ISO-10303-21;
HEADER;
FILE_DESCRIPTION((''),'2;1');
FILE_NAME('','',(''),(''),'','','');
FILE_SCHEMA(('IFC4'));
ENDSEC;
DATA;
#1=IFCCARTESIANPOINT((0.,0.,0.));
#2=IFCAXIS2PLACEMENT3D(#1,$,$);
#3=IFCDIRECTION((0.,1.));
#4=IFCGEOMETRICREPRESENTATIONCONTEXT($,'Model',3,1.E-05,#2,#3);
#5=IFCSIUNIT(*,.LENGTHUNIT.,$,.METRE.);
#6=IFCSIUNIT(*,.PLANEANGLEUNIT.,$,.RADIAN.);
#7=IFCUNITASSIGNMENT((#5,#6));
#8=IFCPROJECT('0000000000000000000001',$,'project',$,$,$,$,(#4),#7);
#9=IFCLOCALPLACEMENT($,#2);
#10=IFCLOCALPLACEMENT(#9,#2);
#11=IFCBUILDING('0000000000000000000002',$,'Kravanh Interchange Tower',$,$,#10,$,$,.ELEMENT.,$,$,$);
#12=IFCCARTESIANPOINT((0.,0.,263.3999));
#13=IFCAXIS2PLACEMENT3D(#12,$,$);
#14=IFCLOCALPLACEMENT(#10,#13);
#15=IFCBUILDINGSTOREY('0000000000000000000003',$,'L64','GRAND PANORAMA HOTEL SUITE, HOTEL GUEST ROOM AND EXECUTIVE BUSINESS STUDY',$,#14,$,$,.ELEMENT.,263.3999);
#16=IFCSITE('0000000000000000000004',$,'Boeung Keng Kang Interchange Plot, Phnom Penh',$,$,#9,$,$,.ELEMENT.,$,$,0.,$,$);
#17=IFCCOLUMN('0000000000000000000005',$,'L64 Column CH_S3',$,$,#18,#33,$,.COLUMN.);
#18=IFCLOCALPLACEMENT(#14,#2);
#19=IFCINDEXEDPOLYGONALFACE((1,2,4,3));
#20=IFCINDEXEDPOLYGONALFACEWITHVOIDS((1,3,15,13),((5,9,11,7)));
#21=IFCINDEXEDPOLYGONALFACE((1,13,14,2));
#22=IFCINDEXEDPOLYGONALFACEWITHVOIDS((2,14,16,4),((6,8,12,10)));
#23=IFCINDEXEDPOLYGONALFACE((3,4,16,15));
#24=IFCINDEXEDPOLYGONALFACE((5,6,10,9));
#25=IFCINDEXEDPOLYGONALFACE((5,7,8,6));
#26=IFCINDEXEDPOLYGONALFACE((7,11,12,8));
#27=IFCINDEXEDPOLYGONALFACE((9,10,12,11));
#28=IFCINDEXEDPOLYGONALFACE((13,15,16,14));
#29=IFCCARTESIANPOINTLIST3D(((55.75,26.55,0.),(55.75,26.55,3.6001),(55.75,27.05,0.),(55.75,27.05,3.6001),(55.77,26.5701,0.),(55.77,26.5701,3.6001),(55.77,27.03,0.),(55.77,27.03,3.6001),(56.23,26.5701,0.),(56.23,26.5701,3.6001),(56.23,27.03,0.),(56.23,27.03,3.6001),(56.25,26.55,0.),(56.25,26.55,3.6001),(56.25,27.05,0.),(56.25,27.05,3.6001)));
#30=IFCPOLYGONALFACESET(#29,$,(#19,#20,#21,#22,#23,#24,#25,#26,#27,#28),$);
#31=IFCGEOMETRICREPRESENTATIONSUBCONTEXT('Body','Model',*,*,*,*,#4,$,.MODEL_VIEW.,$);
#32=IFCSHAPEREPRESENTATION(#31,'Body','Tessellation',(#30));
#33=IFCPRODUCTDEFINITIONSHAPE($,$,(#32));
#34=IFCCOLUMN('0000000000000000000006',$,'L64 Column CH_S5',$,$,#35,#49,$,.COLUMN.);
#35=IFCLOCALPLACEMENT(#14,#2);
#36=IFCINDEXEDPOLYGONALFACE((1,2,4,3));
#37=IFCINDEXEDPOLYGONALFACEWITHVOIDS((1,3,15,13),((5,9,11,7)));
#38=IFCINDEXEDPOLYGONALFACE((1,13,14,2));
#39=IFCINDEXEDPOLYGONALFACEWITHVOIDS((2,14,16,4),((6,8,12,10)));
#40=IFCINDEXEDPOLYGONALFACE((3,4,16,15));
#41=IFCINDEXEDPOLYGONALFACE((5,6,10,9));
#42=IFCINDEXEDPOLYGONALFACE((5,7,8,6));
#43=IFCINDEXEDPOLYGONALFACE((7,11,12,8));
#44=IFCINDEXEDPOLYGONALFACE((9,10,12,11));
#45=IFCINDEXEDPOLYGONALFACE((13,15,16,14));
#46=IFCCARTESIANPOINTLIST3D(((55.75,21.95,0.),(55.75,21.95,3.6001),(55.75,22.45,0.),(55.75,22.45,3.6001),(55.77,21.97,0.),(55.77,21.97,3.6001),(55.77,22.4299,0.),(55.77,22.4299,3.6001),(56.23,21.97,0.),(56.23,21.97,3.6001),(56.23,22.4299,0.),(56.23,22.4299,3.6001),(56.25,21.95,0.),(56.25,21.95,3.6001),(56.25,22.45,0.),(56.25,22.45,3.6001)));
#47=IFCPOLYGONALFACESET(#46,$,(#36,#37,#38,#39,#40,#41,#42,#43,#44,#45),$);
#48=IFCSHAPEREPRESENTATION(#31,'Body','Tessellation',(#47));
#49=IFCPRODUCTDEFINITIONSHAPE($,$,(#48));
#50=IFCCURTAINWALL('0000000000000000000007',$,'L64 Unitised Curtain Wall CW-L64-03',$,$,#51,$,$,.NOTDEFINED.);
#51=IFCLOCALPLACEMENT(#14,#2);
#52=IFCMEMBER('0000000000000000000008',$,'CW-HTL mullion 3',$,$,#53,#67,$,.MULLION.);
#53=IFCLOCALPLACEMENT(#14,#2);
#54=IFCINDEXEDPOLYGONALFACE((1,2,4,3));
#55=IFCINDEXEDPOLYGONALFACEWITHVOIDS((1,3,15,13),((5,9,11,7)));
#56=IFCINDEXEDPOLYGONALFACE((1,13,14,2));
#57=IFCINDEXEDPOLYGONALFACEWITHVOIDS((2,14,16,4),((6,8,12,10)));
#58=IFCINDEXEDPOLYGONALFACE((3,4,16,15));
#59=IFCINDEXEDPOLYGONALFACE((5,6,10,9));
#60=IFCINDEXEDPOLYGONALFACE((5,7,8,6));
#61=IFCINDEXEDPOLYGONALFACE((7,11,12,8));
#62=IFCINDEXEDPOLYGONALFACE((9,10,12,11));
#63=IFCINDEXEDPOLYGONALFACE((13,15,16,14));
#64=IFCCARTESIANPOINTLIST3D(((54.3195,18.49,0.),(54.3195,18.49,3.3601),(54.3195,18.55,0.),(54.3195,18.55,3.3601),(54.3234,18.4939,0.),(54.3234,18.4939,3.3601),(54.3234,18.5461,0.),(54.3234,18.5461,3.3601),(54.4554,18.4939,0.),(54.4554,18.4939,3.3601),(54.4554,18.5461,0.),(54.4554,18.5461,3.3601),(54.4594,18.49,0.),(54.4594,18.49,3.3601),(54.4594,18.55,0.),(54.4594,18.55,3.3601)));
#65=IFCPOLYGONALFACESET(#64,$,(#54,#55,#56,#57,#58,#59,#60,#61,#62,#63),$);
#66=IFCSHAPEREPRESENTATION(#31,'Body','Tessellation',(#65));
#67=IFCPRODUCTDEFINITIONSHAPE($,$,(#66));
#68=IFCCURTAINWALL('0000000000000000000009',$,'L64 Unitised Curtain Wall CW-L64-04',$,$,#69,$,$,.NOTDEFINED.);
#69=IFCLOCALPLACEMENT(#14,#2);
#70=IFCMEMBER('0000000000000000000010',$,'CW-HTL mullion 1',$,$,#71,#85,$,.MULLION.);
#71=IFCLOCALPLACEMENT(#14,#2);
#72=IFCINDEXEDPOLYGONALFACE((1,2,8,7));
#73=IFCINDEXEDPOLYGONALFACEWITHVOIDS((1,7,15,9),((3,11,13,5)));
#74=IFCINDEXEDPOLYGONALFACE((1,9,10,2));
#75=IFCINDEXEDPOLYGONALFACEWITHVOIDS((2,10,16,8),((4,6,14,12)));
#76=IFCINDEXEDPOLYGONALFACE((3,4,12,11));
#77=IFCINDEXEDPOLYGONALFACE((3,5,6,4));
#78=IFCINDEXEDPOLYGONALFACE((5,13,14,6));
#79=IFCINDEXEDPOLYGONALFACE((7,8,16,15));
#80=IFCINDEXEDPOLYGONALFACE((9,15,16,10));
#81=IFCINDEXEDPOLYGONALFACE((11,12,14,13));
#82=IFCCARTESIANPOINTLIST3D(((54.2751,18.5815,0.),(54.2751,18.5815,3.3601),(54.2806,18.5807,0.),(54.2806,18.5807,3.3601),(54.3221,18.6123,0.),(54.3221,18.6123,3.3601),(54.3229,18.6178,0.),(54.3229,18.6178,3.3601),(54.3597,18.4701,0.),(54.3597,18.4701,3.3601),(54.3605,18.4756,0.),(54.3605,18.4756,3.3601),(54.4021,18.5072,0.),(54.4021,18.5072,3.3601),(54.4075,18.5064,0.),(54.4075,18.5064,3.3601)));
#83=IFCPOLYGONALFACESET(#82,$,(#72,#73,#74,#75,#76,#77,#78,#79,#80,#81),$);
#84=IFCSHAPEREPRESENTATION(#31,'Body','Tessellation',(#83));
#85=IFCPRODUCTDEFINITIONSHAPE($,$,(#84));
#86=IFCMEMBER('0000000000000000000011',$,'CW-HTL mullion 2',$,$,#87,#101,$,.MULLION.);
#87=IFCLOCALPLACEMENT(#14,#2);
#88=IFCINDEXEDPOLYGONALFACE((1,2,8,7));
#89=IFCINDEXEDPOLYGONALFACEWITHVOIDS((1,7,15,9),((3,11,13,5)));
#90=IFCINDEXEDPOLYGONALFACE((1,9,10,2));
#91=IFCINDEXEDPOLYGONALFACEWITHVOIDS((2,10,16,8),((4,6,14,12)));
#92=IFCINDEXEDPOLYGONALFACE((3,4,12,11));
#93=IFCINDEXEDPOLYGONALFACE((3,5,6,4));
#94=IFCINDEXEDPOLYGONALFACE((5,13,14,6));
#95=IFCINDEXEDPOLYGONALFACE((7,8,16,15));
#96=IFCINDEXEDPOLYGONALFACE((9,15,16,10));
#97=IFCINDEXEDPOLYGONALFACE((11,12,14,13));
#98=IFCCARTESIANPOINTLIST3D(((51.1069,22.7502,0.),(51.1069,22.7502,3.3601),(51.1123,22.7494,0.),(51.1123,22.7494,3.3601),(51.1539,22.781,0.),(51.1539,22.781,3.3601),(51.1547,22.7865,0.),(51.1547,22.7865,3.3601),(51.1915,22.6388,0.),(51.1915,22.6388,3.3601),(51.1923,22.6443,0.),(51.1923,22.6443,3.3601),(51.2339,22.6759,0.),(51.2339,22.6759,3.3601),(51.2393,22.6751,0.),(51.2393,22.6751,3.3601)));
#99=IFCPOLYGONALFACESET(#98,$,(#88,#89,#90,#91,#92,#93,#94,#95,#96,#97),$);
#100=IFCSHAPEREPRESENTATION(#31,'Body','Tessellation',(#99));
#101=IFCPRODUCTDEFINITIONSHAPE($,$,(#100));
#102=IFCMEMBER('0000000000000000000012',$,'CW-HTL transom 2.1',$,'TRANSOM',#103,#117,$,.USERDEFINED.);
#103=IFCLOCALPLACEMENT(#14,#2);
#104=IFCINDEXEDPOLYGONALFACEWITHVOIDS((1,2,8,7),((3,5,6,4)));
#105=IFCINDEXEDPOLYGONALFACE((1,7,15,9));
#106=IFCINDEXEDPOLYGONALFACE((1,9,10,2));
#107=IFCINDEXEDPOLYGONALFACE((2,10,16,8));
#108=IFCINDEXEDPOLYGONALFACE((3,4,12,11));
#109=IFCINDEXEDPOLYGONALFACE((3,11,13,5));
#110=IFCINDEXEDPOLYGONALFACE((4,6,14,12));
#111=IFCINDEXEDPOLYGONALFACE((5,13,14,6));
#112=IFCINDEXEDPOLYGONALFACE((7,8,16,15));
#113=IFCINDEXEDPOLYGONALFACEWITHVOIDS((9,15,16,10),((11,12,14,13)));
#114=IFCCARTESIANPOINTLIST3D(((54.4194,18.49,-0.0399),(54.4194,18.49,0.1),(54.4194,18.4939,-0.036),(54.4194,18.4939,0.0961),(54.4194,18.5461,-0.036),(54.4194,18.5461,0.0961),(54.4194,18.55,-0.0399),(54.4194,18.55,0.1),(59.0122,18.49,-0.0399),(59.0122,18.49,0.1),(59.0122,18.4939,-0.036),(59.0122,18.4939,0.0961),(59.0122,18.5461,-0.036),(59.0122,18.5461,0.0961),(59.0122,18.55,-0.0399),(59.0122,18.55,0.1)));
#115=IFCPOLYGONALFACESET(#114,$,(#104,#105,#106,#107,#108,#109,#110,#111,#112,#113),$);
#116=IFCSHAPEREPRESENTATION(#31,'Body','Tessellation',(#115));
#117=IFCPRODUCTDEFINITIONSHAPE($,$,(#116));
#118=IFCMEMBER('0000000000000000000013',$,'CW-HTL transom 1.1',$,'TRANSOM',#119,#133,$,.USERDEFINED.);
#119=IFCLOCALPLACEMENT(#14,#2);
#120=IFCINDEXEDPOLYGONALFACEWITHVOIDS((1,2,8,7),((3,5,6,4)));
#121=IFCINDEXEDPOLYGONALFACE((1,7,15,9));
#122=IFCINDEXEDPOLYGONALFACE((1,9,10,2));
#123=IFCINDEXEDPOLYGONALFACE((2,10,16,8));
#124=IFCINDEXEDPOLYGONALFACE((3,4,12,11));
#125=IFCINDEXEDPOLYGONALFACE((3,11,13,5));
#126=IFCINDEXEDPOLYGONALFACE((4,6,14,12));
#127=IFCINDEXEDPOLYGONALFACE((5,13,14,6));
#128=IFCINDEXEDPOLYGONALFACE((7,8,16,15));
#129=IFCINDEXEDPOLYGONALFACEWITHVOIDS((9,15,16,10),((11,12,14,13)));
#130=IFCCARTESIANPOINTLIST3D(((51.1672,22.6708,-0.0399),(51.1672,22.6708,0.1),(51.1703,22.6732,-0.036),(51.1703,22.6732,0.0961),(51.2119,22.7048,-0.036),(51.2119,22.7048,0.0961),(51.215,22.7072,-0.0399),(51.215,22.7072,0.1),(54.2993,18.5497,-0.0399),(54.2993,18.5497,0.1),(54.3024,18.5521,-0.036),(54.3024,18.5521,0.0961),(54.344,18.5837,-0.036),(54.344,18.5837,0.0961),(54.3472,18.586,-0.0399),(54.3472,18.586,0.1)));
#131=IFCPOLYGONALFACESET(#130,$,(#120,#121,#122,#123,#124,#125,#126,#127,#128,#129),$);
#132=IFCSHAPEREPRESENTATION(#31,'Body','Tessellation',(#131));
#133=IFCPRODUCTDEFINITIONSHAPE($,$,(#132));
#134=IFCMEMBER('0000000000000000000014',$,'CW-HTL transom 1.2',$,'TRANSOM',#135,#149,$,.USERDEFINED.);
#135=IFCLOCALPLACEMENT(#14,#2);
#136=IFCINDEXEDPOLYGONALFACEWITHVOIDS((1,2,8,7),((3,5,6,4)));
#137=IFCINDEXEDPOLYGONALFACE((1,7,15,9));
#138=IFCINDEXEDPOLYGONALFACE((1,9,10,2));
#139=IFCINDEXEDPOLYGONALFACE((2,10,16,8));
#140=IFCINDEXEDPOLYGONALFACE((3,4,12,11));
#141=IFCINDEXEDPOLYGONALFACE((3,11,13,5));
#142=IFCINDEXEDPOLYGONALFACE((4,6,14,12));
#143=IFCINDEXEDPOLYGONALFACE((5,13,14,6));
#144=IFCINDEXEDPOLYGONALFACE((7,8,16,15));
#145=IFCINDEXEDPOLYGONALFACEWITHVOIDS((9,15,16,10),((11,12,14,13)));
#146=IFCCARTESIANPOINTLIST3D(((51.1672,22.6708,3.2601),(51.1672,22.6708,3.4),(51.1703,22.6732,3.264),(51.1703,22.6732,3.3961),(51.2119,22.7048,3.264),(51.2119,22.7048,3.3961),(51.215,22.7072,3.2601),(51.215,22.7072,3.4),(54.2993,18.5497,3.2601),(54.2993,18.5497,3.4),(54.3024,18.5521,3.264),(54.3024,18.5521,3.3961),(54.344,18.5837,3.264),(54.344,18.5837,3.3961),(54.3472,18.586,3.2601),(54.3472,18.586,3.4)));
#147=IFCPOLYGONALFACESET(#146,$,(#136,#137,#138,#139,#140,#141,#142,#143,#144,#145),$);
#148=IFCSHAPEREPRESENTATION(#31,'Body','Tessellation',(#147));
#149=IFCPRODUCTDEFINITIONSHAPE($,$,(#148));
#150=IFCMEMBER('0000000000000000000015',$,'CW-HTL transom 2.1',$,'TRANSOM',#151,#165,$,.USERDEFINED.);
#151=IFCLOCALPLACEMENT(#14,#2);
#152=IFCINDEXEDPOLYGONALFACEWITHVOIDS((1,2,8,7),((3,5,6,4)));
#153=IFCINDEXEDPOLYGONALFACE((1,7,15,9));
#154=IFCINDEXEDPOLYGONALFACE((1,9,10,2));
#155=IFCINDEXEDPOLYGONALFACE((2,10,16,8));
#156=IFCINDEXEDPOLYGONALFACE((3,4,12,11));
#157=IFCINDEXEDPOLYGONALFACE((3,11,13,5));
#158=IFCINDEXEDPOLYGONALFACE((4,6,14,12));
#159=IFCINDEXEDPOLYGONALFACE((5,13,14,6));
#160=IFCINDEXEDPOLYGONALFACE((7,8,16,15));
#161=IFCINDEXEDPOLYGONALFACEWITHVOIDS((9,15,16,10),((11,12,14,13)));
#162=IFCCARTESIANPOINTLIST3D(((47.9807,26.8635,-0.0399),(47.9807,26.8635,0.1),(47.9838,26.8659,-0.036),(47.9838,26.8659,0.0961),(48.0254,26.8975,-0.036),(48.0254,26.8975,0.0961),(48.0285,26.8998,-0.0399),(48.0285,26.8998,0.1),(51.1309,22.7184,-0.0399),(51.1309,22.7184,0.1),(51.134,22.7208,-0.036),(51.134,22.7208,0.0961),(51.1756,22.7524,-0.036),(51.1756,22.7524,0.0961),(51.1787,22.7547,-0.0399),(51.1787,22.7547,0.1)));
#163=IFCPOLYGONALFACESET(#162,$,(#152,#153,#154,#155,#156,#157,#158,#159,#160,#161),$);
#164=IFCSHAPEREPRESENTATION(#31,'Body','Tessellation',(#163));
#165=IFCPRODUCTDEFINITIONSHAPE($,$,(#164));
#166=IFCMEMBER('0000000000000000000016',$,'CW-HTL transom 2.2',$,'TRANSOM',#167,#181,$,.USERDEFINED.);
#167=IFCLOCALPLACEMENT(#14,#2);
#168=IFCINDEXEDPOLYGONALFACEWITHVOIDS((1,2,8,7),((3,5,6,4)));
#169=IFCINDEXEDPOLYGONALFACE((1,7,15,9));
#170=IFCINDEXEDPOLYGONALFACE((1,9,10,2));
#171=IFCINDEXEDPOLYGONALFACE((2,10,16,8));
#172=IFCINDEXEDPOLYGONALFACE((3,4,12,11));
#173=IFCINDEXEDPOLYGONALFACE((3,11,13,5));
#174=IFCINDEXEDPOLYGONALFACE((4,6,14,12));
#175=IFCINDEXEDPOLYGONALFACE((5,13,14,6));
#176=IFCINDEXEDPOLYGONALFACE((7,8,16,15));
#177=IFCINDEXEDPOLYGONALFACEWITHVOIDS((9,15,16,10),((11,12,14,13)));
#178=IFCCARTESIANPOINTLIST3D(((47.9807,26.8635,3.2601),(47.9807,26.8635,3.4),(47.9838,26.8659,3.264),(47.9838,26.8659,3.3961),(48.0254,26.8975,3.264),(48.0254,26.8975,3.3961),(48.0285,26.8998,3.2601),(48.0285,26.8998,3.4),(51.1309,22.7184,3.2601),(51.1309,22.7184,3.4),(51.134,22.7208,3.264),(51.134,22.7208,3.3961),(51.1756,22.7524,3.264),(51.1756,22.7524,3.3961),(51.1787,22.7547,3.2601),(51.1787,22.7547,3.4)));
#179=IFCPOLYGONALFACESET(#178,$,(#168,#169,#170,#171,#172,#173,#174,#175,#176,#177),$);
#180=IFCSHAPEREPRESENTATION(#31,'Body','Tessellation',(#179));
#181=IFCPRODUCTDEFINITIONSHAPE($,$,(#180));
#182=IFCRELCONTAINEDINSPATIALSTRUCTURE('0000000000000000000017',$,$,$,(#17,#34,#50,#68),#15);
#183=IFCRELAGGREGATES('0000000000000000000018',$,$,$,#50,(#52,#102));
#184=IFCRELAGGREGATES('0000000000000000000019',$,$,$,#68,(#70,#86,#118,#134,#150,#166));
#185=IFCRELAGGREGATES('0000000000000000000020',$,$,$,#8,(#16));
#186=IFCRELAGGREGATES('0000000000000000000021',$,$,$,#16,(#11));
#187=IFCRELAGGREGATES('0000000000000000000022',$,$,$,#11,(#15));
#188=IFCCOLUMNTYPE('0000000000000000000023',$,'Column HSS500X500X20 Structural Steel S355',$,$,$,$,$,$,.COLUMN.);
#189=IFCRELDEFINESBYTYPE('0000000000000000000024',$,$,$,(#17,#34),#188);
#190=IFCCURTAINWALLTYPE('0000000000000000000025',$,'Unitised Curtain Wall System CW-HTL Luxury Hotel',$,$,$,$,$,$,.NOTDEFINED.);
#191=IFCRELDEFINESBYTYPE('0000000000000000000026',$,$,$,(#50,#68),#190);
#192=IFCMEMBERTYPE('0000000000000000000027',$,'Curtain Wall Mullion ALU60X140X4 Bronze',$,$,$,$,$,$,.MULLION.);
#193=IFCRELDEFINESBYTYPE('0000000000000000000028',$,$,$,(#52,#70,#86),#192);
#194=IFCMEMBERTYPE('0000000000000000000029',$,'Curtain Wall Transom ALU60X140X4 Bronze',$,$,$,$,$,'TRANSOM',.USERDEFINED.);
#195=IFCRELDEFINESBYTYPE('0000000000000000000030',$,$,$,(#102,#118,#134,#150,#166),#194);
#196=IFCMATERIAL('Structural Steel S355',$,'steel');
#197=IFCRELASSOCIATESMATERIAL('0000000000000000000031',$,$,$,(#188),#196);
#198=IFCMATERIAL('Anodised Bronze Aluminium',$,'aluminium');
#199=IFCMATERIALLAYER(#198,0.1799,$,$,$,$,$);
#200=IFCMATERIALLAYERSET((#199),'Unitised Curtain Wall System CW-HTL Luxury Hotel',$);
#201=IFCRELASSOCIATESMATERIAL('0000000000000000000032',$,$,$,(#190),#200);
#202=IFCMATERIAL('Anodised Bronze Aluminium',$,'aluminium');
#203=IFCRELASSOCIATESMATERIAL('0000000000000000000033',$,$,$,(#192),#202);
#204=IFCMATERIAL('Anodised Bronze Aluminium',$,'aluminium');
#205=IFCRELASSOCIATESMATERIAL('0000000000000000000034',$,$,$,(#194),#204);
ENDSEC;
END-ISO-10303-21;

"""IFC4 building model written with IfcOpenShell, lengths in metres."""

from ifc_helpers import new_model, si_unit, direction, frame, origin, origin_2d, place, context, subcontext, project, spatial, hollow_rectangle, extrude, material, layer, layer_set, material_profile, profile_set, type_object, element, aggregate, save


model = new_model("IFC4")

# Units and contexts
model_context = context("Model", 3, precision=1e-05, world=origin(), true_north=direction((0.0, 1.0)))
body_context = subcontext(model_context, "Body", "Model", "MODEL_VIEW")
ifc_project = project(units=[si_unit("LENGTHUNIT", "METRE"), si_unit("PLANEANGLEUNIT", "RADIAN")], contexts=[model_context])

# Site, building, storey
site_placement = place(None, origin())
site = spatial("IfcSite", under=ifc_project, at=site_placement, Name="Boeung Keng Kang Interchange Plot, Phnom Penh", CompositionType="ELEMENT", RefElevation=0.0)
building_placement = place(site_placement, origin())
building = spatial("IfcBuilding", under=site, at=building_placement, Name="Kravanh Interchange Tower", CompositionType="ELEMENT")
storey_placement = place(building_placement, frame((0.0, 0.0, 263.3999)))
storey = spatial("IfcBuildingStorey", under=building, at=storey_placement, Name="L64", Description="GRAND PANORAMA HOTEL SUITE, HOTEL GUEST ROOM AND EXECUTIVE BUSINESS STUDY", CompositionType="ELEMENT", Elevation=263.3999)

# Columns
ifc_material_1 = material(Name="Structural Steel S355", Category="steel")
ifc_material_profile_1 = material_profile(ifc_material_1, hollow_rectangle(XDim=0.5, YDim=0.5, WallThickness=0.02, at=origin_2d()), Name="HSS500X500X20")
ifc_profile_set_1 = profile_set([ifc_material_profile_1], Name="Structural Steel S355")
column_type = type_object("IfcColumnType", Name="Column HSS500X500X20 Structural Steel S355", PredefinedType="COLUMN", material=ifc_profile_set_1)
for number, where, z_axis, x_axis, name in (
    (1, (56.0, 26.8, 0.0), (0.0, 0.0, 1.0), (1.0, 0.0, 0.0), "L64 Column CH_S3"),
    (2, (56.0, 22.2, 0.0), (0.0, 0.0, 1.0), (1.0, 0.0, 0.0), "L64 Column CH_S5"),
):
    element("IfcColumn", number, at=place(storey_placement, frame(where, z_axis=z_axis, x_axis=x_axis)), inside=storey, type_object=column_type, Name=name, PredefinedType="COLUMN", context=body_context, shape_type="SweptSolid", body=[
        extrude(hollow_rectangle(XDim=0.5, YDim=0.5, WallThickness=0.02, at=origin_2d()), origin(), (0.0, 0.0, 1.0), 3.6001),
    ])

# Curtain wall, member
ifc_material_2 = material(Name="Anodised Bronze Aluminium", Category="aluminium")
ifc_layer_1 = layer(ifc_material_2, 0.1799)
ifc_layer_set_1 = layer_set([ifc_layer_1], Name="Unitised Curtain Wall System CW-HTL Luxury Hotel")
curtain_wall_type = type_object("IfcCurtainWallType", Name="Unitised Curtain Wall System CW-HTL Luxury Hotel", PredefinedType="NOTDEFINED", material=ifc_layer_set_1)
curtain_wall_1_placement = place(storey_placement, origin())
curtain_wall_1 = element("IfcCurtainWall", 3, at=curtain_wall_1_placement, inside=storey, type_object=curtain_wall_type, Name="L64 Unitised Curtain Wall CW-L64-03", PredefinedType="NOTDEFINED")
ifc_material_3 = material(Name="Anodised Bronze Aluminium", Category="aluminium")
ifc_material_profile_2 = material_profile(ifc_material_3, hollow_rectangle(XDim=0.0601, YDim=0.1399, WallThickness=0.0039, at=origin_2d()), Name="ALU60X140X4")
ifc_profile_set_2 = profile_set([ifc_material_profile_2], Name="Anodised Bronze Aluminium")
member_type_1 = type_object("IfcMemberType", Name="Curtain Wall Mullion ALU60X140X4 Bronze", PredefinedType="MULLION", material=ifc_profile_set_2)
member_1_placement = place(storey_placement, frame((54.3894, 18.52, 0.0), z_axis=(0.0, 0.0, 1.0), x_axis=(0.0, -1.0, 0.0)))
member_1 = element("IfcMember", 4, at=member_1_placement, type_object=member_type_1, Name="CW-HTL mullion 3", PredefinedType="MULLION", context=body_context, shape_type="SweptSolid", body=[
    extrude(hollow_rectangle(XDim=0.0601, YDim=0.1399, WallThickness=0.0039, at=origin_2d()), origin(), (0.0, 0.0, 1.0), 3.3601),
])

# Curtain wall, members
curtain_wall_2_placement = place(storey_placement, origin())
curtain_wall_2 = element("IfcCurtainWall", 5, at=curtain_wall_2_placement, inside=storey, type_object=curtain_wall_type, Name="L64 Unitised Curtain Wall CW-L64-04", PredefinedType="NOTDEFINED")
member_2_placement = place(storey_placement, frame((54.3413, 18.5439, 0.0), z_axis=(0.0, 0.0, 1.0), x_axis=(-0.796162, -0.605083, 0.0)))
member_2 = element("IfcMember", 6, at=member_2_placement, type_object=member_type_1, Name="CW-HTL mullion 1", PredefinedType="MULLION", context=body_context, shape_type="SweptSolid", body=[
    extrude(hollow_rectangle(XDim=0.0601, YDim=0.1399, WallThickness=0.0039, at=origin_2d()), origin(), (0.0, 0.0, 1.0), 3.3601),
])
member_3_placement = place(storey_placement, frame((51.1731, 22.7126, 0.0), z_axis=(0.0, 0.0, 1.0), x_axis=(-0.796162, -0.605083, 0.0)))
member_3 = element("IfcMember", 7, at=member_3_placement, type_object=member_type_1, Name="CW-HTL mullion 2", PredefinedType="MULLION", context=body_context, shape_type="SweptSolid", body=[
    extrude(hollow_rectangle(XDim=0.0601, YDim=0.1399, WallThickness=0.0039, at=origin_2d()), origin(), (0.0, 0.0, 1.0), 3.3601),
])

# Members
ifc_material_4 = material(Name="Anodised Bronze Aluminium", Category="aluminium")
ifc_material_profile_3 = material_profile(ifc_material_4, hollow_rectangle(XDim=0.0601, YDim=0.1399, WallThickness=0.0039, at=origin_2d()), Name="ALU60X140X4")
ifc_profile_set_3 = profile_set([ifc_material_profile_3], Name="Anodised Bronze Aluminium")
member_type_2 = type_object("IfcMemberType", Name="Curtain Wall Transom ALU60X140X4 Bronze", ElementType="TRANSOM", PredefinedType="USERDEFINED", material=ifc_profile_set_3)
member_4_placement = place(storey_placement, frame((59.0122, 18.52, 0.03), z_axis=(-1.0, 0.0, 0.0), x_axis=(0.0, -1.0, 0.0)))
member_4 = element("IfcMember", 8, at=member_4_placement, type_object=member_type_2, Name="CW-HTL transom 2.1", ObjectType="TRANSOM", PredefinedType="USERDEFINED", context=body_context, shape_type="SweptSolid", body=[
    extrude(hollow_rectangle(XDim=0.0601, YDim=0.1399, WallThickness=0.0039, at=origin_2d()), origin(), (0.0, 0.0, 1.0), 4.5928),
])
member_5_placement = place(storey_placement, frame((54.3232, 18.5679, 0.03), z_axis=(-0.605089, 0.796158, 0.0), x_axis=(-0.796158, -0.605089, 0.0)))
member_5 = element("IfcMember", 9, at=member_5_placement, type_object=member_type_2, Name="CW-HTL transom 1.1", ObjectType="TRANSOM", PredefinedType="USERDEFINED", context=body_context, shape_type="SweptSolid", body=[
    extrude(hollow_rectangle(XDim=0.0601, YDim=0.1399, WallThickness=0.0039, at=origin_2d()), origin(), (0.0, 0.0, 1.0), 5.1763),
])
member_6_placement = place(storey_placement, frame((54.3232, 18.5679, 3.3301), z_axis=(-0.605089, 0.796158, 0.0), x_axis=(-0.796158, -0.605089, 0.0)))
member_6 = element("IfcMember", 10, at=member_6_placement, type_object=member_type_2, Name="CW-HTL transom 1.2", ObjectType="TRANSOM", PredefinedType="USERDEFINED", context=body_context, shape_type="SweptSolid", body=[
    extrude(hollow_rectangle(XDim=0.0601, YDim=0.1399, WallThickness=0.0039, at=origin_2d()), origin(), (0.0, 0.0, 1.0), 5.1763),
])
member_7_placement = place(storey_placement, frame((51.1548, 22.7366, 0.03), z_axis=(-0.605075, 0.796169, 0.0), x_axis=(-0.796169, -0.605075, 0.0)))
member_7 = element("IfcMember", 11, at=member_7_placement, type_object=member_type_2, Name="CW-HTL transom 2.1", ObjectType="TRANSOM", PredefinedType="USERDEFINED", context=body_context, shape_type="SweptSolid", body=[
    extrude(hollow_rectangle(XDim=0.0601, YDim=0.1399, WallThickness=0.0039, at=origin_2d()), origin(), (0.0, 0.0, 1.0), 5.2063),
])
member_8_placement = place(storey_placement, frame((51.1548, 22.7366, 3.3301), z_axis=(-0.605075, 0.796169, 0.0), x_axis=(-0.796169, -0.605075, 0.0)))
member_8 = element("IfcMember", 12, at=member_8_placement, type_object=member_type_2, Name="CW-HTL transom 2.2", ObjectType="TRANSOM", PredefinedType="USERDEFINED", context=body_context, shape_type="SweptSolid", body=[
    extrude(hollow_rectangle(XDim=0.0601, YDim=0.1399, WallThickness=0.0039, at=origin_2d()), origin(), (0.0, 0.0, 1.0), 5.2063),
])

aggregate(curtain_wall_1, [member_1, member_4])
aggregate(curtain_wall_2, [member_2, member_3, member_5, member_6, member_7, member_8])

save(model, "model.ifc")
